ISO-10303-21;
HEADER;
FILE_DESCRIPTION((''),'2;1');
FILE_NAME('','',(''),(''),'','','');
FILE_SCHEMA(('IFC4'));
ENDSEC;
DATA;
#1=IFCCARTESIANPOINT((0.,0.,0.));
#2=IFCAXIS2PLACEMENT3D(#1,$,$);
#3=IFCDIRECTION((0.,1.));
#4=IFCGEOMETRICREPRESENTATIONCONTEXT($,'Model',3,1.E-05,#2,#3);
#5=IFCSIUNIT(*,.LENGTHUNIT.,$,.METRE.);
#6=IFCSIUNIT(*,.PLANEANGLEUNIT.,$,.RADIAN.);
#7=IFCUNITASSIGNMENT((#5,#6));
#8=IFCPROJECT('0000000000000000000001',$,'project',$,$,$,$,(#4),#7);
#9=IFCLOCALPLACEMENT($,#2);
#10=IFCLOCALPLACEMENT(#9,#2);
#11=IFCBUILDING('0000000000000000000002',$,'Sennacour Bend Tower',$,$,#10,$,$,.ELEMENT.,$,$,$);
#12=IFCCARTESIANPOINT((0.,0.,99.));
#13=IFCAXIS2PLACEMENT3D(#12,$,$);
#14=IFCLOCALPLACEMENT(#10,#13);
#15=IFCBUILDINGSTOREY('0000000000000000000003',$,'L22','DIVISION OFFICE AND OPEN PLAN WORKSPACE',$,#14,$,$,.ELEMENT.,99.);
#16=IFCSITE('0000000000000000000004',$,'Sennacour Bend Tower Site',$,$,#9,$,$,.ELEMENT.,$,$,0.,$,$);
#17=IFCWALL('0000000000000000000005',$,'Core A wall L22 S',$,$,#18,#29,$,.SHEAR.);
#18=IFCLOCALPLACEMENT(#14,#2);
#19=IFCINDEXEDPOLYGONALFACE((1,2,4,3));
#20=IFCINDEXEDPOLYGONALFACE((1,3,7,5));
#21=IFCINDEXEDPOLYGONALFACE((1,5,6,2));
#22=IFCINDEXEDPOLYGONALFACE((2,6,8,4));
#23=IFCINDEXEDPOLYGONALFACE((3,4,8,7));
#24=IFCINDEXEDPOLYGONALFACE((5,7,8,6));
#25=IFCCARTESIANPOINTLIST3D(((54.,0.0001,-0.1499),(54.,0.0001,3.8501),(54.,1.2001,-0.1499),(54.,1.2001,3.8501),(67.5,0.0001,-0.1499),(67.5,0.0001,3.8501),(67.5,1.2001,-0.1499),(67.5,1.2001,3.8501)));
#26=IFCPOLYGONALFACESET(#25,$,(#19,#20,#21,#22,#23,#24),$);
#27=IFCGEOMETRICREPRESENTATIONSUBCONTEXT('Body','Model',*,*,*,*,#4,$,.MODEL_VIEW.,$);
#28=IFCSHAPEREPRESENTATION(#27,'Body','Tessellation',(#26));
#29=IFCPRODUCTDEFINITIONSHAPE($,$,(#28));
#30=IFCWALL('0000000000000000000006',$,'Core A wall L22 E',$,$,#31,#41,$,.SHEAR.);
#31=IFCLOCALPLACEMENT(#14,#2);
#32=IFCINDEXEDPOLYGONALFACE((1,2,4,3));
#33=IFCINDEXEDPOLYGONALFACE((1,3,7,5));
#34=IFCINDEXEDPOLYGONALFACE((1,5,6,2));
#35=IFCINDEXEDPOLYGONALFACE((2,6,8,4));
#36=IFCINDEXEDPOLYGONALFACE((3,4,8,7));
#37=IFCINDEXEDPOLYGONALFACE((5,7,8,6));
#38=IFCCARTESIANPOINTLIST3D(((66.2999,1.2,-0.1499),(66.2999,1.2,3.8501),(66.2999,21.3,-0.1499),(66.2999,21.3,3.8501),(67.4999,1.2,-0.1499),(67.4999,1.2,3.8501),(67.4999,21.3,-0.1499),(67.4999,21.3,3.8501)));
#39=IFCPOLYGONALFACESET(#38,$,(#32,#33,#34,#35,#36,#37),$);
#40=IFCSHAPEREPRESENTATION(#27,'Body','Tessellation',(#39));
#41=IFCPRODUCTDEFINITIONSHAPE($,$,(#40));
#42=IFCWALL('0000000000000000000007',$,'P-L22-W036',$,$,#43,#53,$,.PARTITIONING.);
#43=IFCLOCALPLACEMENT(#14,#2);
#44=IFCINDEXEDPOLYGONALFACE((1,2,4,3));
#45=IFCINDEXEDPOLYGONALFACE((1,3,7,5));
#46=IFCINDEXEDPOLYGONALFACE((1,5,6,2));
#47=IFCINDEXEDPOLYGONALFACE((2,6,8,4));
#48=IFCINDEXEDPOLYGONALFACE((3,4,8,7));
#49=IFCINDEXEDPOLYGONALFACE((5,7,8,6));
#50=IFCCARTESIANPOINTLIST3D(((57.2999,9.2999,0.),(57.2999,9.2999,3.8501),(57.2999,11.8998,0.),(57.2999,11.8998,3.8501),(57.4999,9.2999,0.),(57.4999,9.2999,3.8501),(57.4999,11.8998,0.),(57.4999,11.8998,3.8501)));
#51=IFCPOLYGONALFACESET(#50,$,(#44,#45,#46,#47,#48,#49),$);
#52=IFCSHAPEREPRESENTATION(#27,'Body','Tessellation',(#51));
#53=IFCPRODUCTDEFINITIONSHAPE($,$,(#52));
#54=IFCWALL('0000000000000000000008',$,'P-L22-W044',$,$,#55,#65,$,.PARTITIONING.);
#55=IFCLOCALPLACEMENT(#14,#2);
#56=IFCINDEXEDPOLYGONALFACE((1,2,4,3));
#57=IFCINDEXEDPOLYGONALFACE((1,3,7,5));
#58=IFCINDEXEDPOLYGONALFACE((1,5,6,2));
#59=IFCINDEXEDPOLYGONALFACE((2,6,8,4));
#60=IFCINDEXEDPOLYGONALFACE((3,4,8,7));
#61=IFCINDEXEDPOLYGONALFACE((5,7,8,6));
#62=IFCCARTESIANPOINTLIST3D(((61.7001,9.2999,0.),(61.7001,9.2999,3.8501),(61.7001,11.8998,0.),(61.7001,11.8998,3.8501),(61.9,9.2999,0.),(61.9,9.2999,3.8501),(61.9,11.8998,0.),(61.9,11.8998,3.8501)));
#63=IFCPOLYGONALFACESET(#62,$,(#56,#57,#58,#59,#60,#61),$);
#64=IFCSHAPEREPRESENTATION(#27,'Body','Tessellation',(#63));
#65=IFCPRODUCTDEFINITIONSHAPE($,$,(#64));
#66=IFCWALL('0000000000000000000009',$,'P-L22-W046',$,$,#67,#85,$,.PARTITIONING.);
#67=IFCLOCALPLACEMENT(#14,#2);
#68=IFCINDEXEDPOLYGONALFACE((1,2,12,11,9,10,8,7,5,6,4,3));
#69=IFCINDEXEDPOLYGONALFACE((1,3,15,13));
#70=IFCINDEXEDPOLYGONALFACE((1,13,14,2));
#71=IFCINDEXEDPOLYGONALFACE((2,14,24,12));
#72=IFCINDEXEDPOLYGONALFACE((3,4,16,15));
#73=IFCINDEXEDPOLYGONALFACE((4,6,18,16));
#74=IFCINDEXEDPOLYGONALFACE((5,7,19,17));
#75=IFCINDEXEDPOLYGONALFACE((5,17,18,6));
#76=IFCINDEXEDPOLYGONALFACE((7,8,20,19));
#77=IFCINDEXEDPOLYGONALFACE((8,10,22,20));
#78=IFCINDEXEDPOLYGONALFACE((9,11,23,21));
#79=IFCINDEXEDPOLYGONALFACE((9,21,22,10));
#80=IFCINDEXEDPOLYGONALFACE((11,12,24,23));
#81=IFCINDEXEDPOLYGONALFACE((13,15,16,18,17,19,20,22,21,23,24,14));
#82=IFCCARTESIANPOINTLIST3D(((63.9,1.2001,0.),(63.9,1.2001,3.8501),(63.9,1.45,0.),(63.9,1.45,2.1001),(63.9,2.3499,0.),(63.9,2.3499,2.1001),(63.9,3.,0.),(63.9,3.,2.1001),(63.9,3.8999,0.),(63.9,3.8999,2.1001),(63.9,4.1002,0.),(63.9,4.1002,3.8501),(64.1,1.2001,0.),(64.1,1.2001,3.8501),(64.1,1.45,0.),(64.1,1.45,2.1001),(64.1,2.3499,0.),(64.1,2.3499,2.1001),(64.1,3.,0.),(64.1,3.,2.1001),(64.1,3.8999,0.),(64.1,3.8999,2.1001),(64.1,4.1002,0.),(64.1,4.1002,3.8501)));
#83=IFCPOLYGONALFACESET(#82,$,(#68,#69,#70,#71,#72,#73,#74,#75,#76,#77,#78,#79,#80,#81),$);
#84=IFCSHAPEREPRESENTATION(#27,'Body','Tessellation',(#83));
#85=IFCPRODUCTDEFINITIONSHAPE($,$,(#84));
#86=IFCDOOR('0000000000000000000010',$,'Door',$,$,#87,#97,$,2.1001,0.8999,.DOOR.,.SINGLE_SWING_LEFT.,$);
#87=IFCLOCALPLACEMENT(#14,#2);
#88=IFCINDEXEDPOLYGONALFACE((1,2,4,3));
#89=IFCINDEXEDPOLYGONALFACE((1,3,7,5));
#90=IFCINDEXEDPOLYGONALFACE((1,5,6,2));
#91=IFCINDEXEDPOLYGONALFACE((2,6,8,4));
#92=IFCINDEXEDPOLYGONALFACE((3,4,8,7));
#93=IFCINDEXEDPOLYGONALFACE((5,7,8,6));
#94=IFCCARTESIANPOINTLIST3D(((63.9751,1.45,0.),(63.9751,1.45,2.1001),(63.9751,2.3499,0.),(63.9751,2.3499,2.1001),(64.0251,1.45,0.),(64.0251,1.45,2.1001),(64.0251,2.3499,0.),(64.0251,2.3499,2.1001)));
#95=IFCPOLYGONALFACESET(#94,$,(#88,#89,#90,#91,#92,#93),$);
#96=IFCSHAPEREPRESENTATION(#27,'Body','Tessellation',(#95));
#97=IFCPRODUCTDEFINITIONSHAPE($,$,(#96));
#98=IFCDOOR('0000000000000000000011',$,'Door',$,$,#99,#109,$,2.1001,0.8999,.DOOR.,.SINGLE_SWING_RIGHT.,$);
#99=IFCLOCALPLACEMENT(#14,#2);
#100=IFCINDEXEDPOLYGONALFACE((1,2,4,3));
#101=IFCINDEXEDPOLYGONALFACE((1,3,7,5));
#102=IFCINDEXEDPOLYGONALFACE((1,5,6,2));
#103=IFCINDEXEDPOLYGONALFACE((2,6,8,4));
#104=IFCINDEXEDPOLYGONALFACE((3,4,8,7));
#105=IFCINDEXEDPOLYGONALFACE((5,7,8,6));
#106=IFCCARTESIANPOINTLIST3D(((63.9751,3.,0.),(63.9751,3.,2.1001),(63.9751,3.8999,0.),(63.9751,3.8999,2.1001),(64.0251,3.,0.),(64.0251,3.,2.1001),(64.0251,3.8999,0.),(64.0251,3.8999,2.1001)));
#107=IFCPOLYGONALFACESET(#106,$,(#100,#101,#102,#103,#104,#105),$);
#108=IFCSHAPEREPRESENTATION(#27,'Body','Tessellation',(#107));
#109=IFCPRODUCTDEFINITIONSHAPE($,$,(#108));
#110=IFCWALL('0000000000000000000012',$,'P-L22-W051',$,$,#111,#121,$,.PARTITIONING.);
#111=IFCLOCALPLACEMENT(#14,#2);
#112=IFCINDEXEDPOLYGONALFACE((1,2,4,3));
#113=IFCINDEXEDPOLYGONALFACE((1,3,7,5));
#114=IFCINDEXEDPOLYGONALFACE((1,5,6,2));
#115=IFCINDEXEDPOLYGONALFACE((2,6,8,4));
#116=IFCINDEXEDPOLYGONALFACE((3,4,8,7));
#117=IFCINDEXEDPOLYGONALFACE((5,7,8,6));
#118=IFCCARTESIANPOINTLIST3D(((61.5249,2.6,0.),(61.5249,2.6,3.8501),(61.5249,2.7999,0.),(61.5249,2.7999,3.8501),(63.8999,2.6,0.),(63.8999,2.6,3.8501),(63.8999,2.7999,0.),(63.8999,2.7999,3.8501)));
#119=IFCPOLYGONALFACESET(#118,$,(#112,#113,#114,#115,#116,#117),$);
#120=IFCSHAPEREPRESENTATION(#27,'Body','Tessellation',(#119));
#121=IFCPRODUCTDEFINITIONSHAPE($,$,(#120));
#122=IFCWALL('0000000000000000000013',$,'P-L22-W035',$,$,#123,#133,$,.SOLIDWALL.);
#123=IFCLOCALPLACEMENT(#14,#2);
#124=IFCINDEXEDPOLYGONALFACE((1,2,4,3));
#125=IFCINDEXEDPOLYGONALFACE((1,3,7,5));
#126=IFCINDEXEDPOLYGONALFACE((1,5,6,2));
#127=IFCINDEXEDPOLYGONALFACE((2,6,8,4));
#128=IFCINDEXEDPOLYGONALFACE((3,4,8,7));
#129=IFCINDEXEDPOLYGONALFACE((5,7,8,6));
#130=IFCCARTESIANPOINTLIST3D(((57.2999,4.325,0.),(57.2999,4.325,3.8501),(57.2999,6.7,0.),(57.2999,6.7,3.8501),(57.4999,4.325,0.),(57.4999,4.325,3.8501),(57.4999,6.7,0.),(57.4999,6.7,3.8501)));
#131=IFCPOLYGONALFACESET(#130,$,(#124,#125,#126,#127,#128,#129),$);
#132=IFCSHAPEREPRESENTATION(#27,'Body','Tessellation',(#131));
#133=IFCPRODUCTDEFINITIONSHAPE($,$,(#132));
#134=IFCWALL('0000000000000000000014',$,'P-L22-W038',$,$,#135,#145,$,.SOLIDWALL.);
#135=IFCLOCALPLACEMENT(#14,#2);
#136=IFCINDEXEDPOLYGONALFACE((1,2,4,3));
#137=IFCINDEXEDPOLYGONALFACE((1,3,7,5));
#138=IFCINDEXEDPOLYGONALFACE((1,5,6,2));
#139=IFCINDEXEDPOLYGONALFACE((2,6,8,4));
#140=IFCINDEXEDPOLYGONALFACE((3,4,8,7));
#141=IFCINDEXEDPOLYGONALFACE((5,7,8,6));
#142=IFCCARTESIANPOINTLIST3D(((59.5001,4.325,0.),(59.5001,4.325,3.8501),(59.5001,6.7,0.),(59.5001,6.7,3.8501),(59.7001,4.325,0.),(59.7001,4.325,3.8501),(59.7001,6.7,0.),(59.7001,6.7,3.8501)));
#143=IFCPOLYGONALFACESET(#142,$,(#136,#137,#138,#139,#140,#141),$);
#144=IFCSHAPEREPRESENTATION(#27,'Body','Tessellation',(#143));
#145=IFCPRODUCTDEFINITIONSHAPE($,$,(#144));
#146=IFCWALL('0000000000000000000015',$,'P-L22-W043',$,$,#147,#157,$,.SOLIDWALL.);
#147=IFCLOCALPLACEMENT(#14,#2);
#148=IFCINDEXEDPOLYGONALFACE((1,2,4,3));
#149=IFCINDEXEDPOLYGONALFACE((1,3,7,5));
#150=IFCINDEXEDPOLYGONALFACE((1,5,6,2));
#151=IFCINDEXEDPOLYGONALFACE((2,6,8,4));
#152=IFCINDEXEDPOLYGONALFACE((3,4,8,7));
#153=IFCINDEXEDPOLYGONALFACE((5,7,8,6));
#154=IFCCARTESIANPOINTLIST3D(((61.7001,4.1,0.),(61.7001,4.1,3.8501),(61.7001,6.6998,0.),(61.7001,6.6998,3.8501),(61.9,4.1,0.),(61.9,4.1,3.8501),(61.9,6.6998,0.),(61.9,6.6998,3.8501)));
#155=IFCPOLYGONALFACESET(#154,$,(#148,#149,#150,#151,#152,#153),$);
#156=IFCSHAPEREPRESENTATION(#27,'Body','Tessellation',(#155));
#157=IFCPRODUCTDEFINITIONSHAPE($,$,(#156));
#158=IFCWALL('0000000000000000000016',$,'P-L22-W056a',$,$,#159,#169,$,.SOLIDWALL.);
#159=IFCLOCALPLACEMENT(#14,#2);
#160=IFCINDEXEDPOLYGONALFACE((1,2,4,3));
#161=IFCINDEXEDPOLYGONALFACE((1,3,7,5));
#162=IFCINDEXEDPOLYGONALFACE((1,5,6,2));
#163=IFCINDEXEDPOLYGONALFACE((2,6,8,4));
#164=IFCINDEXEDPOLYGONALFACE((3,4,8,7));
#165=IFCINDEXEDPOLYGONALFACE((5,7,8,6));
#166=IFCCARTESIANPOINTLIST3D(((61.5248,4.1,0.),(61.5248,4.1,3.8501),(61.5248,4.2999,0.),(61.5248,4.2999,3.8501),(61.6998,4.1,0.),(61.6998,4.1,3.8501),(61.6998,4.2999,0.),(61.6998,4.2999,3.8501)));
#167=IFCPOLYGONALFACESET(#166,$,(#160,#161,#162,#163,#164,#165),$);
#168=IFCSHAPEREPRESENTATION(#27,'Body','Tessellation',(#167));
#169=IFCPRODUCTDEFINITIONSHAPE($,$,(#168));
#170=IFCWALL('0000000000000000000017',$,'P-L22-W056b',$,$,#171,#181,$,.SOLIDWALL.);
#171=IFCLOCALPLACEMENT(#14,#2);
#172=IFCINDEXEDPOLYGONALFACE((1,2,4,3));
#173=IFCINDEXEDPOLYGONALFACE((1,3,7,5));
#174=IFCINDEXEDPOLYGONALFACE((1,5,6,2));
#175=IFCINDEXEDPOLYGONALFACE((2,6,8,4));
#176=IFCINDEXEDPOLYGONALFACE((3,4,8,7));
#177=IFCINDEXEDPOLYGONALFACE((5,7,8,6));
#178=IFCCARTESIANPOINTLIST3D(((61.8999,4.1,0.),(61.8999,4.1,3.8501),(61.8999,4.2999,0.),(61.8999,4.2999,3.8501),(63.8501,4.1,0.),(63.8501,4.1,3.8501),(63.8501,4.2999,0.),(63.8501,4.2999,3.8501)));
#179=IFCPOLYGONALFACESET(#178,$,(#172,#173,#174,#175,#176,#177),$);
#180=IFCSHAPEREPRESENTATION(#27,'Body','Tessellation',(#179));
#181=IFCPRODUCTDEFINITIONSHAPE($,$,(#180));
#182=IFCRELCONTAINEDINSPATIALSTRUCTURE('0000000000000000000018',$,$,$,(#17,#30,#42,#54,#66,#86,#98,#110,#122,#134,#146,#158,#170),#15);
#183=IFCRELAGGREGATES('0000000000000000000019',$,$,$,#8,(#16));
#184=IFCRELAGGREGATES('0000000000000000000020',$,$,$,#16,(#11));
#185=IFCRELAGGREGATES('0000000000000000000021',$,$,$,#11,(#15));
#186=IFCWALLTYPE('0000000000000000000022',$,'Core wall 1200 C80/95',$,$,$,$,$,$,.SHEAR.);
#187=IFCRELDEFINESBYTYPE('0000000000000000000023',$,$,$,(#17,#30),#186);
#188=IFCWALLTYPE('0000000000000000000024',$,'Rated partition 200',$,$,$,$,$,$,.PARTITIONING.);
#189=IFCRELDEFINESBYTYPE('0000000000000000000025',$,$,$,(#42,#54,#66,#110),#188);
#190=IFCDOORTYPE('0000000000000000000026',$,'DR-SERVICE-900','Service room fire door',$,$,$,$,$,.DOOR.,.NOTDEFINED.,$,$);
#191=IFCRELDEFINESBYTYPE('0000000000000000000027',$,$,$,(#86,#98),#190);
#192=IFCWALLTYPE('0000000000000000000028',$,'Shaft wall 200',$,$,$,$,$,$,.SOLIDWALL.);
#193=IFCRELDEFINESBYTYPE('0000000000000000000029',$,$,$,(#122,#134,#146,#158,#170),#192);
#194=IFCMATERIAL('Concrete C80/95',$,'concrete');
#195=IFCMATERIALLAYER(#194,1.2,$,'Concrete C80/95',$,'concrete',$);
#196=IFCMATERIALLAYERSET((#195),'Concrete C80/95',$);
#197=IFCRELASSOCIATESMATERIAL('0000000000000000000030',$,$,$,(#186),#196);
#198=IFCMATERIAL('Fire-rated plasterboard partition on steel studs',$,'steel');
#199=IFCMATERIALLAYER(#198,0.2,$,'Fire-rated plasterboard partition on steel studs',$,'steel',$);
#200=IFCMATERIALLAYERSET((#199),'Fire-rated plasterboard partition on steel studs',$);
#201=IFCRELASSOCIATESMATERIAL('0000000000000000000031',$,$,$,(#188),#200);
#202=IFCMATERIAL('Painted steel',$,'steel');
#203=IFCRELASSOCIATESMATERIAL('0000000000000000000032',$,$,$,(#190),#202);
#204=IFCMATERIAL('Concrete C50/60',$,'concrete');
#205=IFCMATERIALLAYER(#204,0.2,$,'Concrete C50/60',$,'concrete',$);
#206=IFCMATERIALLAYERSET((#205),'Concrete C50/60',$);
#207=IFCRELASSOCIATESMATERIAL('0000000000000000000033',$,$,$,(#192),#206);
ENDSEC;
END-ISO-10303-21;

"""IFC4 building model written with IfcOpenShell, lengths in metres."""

from ifc_helpers import new_model, si_unit, direction, frame, frame_2d, origin, place, context, subcontext, project, spatial, rectangle, extrude, material, layer, layer_set, type_object, element, fill, save


model = new_model("IFC4")

# Units and contexts
model_context = context("Model", 3, precision=1e-05, world=origin(), true_north=direction((0.0, 1.0)))
body_context = subcontext(model_context, "Body", "Model", "MODEL_VIEW")
ifc_project = project(units=[si_unit("LENGTHUNIT", "METRE"), si_unit("PLANEANGLEUNIT", "RADIAN")], contexts=[model_context])

# Site, building, storey
site_placement = place(None, origin())
site = spatial("IfcSite", under=ifc_project, at=site_placement, Name="Sennacour Bend Tower Site", CompositionType="ELEMENT", RefElevation=0.0)
building_placement = place(site_placement, origin())
building = spatial("IfcBuilding", under=site, at=building_placement, Name="Sennacour Bend Tower", CompositionType="ELEMENT")
storey_placement = place(building_placement, frame((0.0, 0.0, 99.0)))
storey = spatial("IfcBuildingStorey", under=building, at=storey_placement, Name="L22", Description="DIVISION OFFICE AND OPEN PLAN WORKSPACE", CompositionType="ELEMENT", Elevation=99.0)

# Walls
ifc_material_1 = material(Name="Concrete C80/95", Category="concrete")
ifc_layer_1 = layer(ifc_material_1, 1.2, Name="Concrete C80/95", Category="concrete")
ifc_layer_set_1 = layer_set([ifc_layer_1], Name="Concrete C80/95")
wall_type_1 = type_object("IfcWallType", Name="Core wall 1200 C80/95", PredefinedType="SHEAR", material=ifc_layer_set_1)
wall_1_placement = place(storey_placement, frame((67.5, 0.6001, -0.1499), z_axis=(0.0, 0.0, 1.0), x_axis=(-1.0, 0.0, 0.0)))
element("IfcWall", 1, at=wall_1_placement, inside=storey, type_object=wall_type_1, Name="Core A wall L22 S", PredefinedType="SHEAR", context=body_context, shape_type="SweptSolid", body=[
    extrude(rectangle(XDim=13.5, YDim=1.2, at=frame_2d((6.75, 0.0))), origin(), (0.0, 0.0, 1.0), 4.0),
])
wall_2_placement = place(storey_placement, frame((66.8999, 1.2, -0.1499), z_axis=(0.0, 0.0, 1.0), x_axis=(0.0, 1.0, 0.0)))
element("IfcWall", 2, at=wall_2_placement, inside=storey, type_object=wall_type_1, Name="Core A wall L22 E", PredefinedType="SHEAR", context=body_context, shape_type="SweptSolid", body=[
    extrude(rectangle(XDim=20.1001, YDim=1.2, at=frame_2d((10.05, 0.0))), origin(), (0.0, 0.0, 1.0), 4.0),
])
ifc_material_2 = material(Name="Fire-rated plasterboard partition on steel studs", Category="steel")
ifc_layer_2 = layer(ifc_material_2, 0.2, Name="Fire-rated plasterboard partition on steel studs", Category="steel")
ifc_layer_set_2 = layer_set([ifc_layer_2], Name="Fire-rated plasterboard partition on steel studs")
wall_type_2 = type_object("IfcWallType", Name="Rated partition 200", PredefinedType="PARTITIONING", material=ifc_layer_set_2)
for number, where, z_axis, x_axis, name in (
    (3, (57.3999, 9.3, 0.0), (0.0, 0.0, 1.0), (0.0, 1.0, 0.0), "P-L22-W036"),
    (4, (61.8, 9.3, 0.0), (0.0, 0.0, 1.0), (0.0, 1.0, 0.0), "P-L22-W044"),
):
    element("IfcWall", number, at=place(storey_placement, frame(where, z_axis=z_axis, x_axis=x_axis)), inside=storey, type_object=wall_type_2, Name=name, PredefinedType="PARTITIONING", context=body_context, shape_type="SweptSolid", body=[
        extrude(rectangle(XDim=2.5999, YDim=0.2, at=frame_2d((1.2998, 0.0))), origin(), (0.0, 0.0, 1.0), 3.8501),
    ])

# Wall, openings, doors
wall_3_placement = place(storey_placement, frame((64.0, 1.2, 0.0), z_axis=(0.0, 0.0, 1.0), x_axis=(0.0, 1.0, 0.0)))
wall_3 = element("IfcWall", 5, at=wall_3_placement, inside=storey, type_object=wall_type_2, Name="P-L22-W046", PredefinedType="PARTITIONING", context=body_context, shape_type="SweptSolid", body=[
    extrude(rectangle(XDim=2.9001, YDim=0.2, at=frame_2d((1.4502, 0.0))), origin(), (0.0, 0.0, 1.0), 3.8501),
])
opening_1_placement = place(wall_3_placement, frame((0.25, 0.0, 0.0)))
opening_1 = element("IfcOpeningElement", 6, at=opening_1_placement, cuts=wall_3, PredefinedType="OPENING", context=body_context, shape_type="SweptSolid", body=[
    extrude(rectangle(XDim=0.8999, YDim=2.1001, at=frame_2d((0.45, 1.05))), frame((0.0, 0.1099, 0.0), z_axis=(0.0, -1.0, 0.0), x_axis=(1.0, 0.0, 0.0)), (0.0, 0.0, 1.0), 0.22),
])
opening_2_placement = place(wall_3_placement, frame((1.8, 0.0, 0.0)))
opening_2 = element("IfcOpeningElement", 7, at=opening_2_placement, cuts=wall_3, PredefinedType="OPENING", context=body_context, shape_type="SweptSolid", body=[
    extrude(rectangle(XDim=0.8999, YDim=2.1001, at=frame_2d((0.45, 1.05))), frame((0.0, 0.1099, 0.0), z_axis=(0.0, -1.0, 0.0), x_axis=(1.0, 0.0, 0.0)), (0.0, 0.0, 1.0), 0.22),
])
ifc_material_3 = material(Name="Painted steel", Category="steel")
door_type_1 = type_object("IfcDoorType", Name="DR-SERVICE-900", Description="Service room fire door", OperationType="NOTDEFINED", PredefinedType="DOOR", material=ifc_material_3)
door_1_placement = place(opening_1_placement, origin())
door_1 = element("IfcDoor", 8, at=door_1_placement, inside=storey, type_object=door_type_1, Name="Door", OperationType="SINGLE_SWING_LEFT", OverallHeight=2.1001, OverallWidth=0.8999, PredefinedType="DOOR", context=body_context, shape_type="SweptSolid", body=[
    extrude(rectangle(XDim=0.8999, YDim=2.1001, at=frame_2d((0.45, 1.05))), frame((0.0, 0.0249, 0.0), z_axis=(0.0, -1.0, 0.0), x_axis=(1.0, 0.0, 0.0)), (0.0, 0.0, 1.0), 0.05),
])
fill(opening_1, door_1)
door_2_placement = place(opening_2_placement, origin())
door_2 = element("IfcDoor", 9, at=door_2_placement, inside=storey, type_object=door_type_1, Name="Door", OperationType="SINGLE_SWING_RIGHT", OverallHeight=2.1001, OverallWidth=0.8999, PredefinedType="DOOR", context=body_context, shape_type="SweptSolid", body=[
    extrude(rectangle(XDim=0.8999, YDim=2.1001, at=frame_2d((0.45, 1.05))), frame((0.0, 0.0249, 0.0), z_axis=(0.0, -1.0, 0.0), x_axis=(1.0, 0.0, 0.0)), (0.0, 0.0, 1.0), 0.05),
])
fill(opening_2, door_2)

# Walls
wall_4_placement = place(storey_placement, frame((61.5249, 2.7, 0.0), z_axis=(0.0, 0.0, 1.0), x_axis=(1.0, 0.0, 0.0)))
element("IfcWall", 10, at=wall_4_placement, inside=storey, type_object=wall_type_2, Name="P-L22-W051", PredefinedType="PARTITIONING", context=body_context, shape_type="SweptSolid", body=[
    extrude(rectangle(XDim=2.375, YDim=0.2, at=frame_2d((1.1875, 0.0))), origin(), (0.0, 0.0, 1.0), 3.8501),
])
ifc_material_4 = material(Name="Concrete C50/60", Category="concrete")
ifc_layer_3 = layer(ifc_material_4, 0.2, Name="Concrete C50/60", Category="concrete")
ifc_layer_set_3 = layer_set([ifc_layer_3], Name="Concrete C50/60")
wall_type_3 = type_object("IfcWallType", Name="Shaft wall 200", PredefinedType="SOLIDWALL", material=ifc_layer_set_3)
for number, where, z_axis, x_axis, name in (
    (11, (57.3999, 4.325, 0.0), (0.0, 0.0, 1.0), (0.0, 1.0, 0.0), "P-L22-W035"),
    (12, (59.6001, 4.325, 0.0), (0.0, 0.0, 1.0), (0.0, 1.0, 0.0), "P-L22-W038"),
):
    element("IfcWall", number, at=place(storey_placement, frame(where, z_axis=z_axis, x_axis=x_axis)), inside=storey, type_object=wall_type_3, Name=name, PredefinedType="SOLIDWALL", context=body_context, shape_type="SweptSolid", body=[
        extrude(rectangle(XDim=2.375, YDim=0.2, at=frame_2d((1.1875, 0.0))), origin(), (0.0, 0.0, 1.0), 3.8501),
    ])
wall_5_placement = place(storey_placement, frame((61.8, 4.1001, 0.0), z_axis=(0.0, 0.0, 1.0), x_axis=(0.0, 1.0, 0.0)))
element("IfcWall", 13, at=wall_5_placement, inside=storey, type_object=wall_type_3, Name="P-L22-W043", PredefinedType="SOLIDWALL", context=body_context, shape_type="SweptSolid", body=[
    extrude(rectangle(XDim=2.5999, YDim=0.2, at=frame_2d((1.2998, 0.0))), origin(), (0.0, 0.0, 1.0), 3.8501),
])
wall_6_placement = place(storey_placement, frame((61.5249, 4.2, 0.0), z_axis=(0.0, 0.0, 1.0), x_axis=(1.0, 0.0, 0.0)))
element("IfcWall", 14, at=wall_6_placement, inside=storey, type_object=wall_type_3, Name="P-L22-W056a", PredefinedType="SOLIDWALL", context=body_context, shape_type="SweptSolid", body=[
    extrude(rectangle(XDim=0.175, YDim=0.2, at=frame_2d((0.0874, 0.0))), origin(), (0.0, 0.0, 1.0), 3.8501),
])
wall_7_placement = place(storey_placement, frame((61.8999, 4.2, 0.0), z_axis=(0.0, 0.0, 1.0), x_axis=(1.0, 0.0, 0.0)))
element("IfcWall", 15, at=wall_7_placement, inside=storey, type_object=wall_type_3, Name="P-L22-W056b", PredefinedType="SOLIDWALL", context=body_context, shape_type="SweptSolid", body=[
    extrude(rectangle(XDim=1.9502, YDim=0.2, at=frame_2d((0.9751, 0.0))), origin(), (0.0, 0.0, 1.0), 3.8501),
])

save(model, "model.ifc")
